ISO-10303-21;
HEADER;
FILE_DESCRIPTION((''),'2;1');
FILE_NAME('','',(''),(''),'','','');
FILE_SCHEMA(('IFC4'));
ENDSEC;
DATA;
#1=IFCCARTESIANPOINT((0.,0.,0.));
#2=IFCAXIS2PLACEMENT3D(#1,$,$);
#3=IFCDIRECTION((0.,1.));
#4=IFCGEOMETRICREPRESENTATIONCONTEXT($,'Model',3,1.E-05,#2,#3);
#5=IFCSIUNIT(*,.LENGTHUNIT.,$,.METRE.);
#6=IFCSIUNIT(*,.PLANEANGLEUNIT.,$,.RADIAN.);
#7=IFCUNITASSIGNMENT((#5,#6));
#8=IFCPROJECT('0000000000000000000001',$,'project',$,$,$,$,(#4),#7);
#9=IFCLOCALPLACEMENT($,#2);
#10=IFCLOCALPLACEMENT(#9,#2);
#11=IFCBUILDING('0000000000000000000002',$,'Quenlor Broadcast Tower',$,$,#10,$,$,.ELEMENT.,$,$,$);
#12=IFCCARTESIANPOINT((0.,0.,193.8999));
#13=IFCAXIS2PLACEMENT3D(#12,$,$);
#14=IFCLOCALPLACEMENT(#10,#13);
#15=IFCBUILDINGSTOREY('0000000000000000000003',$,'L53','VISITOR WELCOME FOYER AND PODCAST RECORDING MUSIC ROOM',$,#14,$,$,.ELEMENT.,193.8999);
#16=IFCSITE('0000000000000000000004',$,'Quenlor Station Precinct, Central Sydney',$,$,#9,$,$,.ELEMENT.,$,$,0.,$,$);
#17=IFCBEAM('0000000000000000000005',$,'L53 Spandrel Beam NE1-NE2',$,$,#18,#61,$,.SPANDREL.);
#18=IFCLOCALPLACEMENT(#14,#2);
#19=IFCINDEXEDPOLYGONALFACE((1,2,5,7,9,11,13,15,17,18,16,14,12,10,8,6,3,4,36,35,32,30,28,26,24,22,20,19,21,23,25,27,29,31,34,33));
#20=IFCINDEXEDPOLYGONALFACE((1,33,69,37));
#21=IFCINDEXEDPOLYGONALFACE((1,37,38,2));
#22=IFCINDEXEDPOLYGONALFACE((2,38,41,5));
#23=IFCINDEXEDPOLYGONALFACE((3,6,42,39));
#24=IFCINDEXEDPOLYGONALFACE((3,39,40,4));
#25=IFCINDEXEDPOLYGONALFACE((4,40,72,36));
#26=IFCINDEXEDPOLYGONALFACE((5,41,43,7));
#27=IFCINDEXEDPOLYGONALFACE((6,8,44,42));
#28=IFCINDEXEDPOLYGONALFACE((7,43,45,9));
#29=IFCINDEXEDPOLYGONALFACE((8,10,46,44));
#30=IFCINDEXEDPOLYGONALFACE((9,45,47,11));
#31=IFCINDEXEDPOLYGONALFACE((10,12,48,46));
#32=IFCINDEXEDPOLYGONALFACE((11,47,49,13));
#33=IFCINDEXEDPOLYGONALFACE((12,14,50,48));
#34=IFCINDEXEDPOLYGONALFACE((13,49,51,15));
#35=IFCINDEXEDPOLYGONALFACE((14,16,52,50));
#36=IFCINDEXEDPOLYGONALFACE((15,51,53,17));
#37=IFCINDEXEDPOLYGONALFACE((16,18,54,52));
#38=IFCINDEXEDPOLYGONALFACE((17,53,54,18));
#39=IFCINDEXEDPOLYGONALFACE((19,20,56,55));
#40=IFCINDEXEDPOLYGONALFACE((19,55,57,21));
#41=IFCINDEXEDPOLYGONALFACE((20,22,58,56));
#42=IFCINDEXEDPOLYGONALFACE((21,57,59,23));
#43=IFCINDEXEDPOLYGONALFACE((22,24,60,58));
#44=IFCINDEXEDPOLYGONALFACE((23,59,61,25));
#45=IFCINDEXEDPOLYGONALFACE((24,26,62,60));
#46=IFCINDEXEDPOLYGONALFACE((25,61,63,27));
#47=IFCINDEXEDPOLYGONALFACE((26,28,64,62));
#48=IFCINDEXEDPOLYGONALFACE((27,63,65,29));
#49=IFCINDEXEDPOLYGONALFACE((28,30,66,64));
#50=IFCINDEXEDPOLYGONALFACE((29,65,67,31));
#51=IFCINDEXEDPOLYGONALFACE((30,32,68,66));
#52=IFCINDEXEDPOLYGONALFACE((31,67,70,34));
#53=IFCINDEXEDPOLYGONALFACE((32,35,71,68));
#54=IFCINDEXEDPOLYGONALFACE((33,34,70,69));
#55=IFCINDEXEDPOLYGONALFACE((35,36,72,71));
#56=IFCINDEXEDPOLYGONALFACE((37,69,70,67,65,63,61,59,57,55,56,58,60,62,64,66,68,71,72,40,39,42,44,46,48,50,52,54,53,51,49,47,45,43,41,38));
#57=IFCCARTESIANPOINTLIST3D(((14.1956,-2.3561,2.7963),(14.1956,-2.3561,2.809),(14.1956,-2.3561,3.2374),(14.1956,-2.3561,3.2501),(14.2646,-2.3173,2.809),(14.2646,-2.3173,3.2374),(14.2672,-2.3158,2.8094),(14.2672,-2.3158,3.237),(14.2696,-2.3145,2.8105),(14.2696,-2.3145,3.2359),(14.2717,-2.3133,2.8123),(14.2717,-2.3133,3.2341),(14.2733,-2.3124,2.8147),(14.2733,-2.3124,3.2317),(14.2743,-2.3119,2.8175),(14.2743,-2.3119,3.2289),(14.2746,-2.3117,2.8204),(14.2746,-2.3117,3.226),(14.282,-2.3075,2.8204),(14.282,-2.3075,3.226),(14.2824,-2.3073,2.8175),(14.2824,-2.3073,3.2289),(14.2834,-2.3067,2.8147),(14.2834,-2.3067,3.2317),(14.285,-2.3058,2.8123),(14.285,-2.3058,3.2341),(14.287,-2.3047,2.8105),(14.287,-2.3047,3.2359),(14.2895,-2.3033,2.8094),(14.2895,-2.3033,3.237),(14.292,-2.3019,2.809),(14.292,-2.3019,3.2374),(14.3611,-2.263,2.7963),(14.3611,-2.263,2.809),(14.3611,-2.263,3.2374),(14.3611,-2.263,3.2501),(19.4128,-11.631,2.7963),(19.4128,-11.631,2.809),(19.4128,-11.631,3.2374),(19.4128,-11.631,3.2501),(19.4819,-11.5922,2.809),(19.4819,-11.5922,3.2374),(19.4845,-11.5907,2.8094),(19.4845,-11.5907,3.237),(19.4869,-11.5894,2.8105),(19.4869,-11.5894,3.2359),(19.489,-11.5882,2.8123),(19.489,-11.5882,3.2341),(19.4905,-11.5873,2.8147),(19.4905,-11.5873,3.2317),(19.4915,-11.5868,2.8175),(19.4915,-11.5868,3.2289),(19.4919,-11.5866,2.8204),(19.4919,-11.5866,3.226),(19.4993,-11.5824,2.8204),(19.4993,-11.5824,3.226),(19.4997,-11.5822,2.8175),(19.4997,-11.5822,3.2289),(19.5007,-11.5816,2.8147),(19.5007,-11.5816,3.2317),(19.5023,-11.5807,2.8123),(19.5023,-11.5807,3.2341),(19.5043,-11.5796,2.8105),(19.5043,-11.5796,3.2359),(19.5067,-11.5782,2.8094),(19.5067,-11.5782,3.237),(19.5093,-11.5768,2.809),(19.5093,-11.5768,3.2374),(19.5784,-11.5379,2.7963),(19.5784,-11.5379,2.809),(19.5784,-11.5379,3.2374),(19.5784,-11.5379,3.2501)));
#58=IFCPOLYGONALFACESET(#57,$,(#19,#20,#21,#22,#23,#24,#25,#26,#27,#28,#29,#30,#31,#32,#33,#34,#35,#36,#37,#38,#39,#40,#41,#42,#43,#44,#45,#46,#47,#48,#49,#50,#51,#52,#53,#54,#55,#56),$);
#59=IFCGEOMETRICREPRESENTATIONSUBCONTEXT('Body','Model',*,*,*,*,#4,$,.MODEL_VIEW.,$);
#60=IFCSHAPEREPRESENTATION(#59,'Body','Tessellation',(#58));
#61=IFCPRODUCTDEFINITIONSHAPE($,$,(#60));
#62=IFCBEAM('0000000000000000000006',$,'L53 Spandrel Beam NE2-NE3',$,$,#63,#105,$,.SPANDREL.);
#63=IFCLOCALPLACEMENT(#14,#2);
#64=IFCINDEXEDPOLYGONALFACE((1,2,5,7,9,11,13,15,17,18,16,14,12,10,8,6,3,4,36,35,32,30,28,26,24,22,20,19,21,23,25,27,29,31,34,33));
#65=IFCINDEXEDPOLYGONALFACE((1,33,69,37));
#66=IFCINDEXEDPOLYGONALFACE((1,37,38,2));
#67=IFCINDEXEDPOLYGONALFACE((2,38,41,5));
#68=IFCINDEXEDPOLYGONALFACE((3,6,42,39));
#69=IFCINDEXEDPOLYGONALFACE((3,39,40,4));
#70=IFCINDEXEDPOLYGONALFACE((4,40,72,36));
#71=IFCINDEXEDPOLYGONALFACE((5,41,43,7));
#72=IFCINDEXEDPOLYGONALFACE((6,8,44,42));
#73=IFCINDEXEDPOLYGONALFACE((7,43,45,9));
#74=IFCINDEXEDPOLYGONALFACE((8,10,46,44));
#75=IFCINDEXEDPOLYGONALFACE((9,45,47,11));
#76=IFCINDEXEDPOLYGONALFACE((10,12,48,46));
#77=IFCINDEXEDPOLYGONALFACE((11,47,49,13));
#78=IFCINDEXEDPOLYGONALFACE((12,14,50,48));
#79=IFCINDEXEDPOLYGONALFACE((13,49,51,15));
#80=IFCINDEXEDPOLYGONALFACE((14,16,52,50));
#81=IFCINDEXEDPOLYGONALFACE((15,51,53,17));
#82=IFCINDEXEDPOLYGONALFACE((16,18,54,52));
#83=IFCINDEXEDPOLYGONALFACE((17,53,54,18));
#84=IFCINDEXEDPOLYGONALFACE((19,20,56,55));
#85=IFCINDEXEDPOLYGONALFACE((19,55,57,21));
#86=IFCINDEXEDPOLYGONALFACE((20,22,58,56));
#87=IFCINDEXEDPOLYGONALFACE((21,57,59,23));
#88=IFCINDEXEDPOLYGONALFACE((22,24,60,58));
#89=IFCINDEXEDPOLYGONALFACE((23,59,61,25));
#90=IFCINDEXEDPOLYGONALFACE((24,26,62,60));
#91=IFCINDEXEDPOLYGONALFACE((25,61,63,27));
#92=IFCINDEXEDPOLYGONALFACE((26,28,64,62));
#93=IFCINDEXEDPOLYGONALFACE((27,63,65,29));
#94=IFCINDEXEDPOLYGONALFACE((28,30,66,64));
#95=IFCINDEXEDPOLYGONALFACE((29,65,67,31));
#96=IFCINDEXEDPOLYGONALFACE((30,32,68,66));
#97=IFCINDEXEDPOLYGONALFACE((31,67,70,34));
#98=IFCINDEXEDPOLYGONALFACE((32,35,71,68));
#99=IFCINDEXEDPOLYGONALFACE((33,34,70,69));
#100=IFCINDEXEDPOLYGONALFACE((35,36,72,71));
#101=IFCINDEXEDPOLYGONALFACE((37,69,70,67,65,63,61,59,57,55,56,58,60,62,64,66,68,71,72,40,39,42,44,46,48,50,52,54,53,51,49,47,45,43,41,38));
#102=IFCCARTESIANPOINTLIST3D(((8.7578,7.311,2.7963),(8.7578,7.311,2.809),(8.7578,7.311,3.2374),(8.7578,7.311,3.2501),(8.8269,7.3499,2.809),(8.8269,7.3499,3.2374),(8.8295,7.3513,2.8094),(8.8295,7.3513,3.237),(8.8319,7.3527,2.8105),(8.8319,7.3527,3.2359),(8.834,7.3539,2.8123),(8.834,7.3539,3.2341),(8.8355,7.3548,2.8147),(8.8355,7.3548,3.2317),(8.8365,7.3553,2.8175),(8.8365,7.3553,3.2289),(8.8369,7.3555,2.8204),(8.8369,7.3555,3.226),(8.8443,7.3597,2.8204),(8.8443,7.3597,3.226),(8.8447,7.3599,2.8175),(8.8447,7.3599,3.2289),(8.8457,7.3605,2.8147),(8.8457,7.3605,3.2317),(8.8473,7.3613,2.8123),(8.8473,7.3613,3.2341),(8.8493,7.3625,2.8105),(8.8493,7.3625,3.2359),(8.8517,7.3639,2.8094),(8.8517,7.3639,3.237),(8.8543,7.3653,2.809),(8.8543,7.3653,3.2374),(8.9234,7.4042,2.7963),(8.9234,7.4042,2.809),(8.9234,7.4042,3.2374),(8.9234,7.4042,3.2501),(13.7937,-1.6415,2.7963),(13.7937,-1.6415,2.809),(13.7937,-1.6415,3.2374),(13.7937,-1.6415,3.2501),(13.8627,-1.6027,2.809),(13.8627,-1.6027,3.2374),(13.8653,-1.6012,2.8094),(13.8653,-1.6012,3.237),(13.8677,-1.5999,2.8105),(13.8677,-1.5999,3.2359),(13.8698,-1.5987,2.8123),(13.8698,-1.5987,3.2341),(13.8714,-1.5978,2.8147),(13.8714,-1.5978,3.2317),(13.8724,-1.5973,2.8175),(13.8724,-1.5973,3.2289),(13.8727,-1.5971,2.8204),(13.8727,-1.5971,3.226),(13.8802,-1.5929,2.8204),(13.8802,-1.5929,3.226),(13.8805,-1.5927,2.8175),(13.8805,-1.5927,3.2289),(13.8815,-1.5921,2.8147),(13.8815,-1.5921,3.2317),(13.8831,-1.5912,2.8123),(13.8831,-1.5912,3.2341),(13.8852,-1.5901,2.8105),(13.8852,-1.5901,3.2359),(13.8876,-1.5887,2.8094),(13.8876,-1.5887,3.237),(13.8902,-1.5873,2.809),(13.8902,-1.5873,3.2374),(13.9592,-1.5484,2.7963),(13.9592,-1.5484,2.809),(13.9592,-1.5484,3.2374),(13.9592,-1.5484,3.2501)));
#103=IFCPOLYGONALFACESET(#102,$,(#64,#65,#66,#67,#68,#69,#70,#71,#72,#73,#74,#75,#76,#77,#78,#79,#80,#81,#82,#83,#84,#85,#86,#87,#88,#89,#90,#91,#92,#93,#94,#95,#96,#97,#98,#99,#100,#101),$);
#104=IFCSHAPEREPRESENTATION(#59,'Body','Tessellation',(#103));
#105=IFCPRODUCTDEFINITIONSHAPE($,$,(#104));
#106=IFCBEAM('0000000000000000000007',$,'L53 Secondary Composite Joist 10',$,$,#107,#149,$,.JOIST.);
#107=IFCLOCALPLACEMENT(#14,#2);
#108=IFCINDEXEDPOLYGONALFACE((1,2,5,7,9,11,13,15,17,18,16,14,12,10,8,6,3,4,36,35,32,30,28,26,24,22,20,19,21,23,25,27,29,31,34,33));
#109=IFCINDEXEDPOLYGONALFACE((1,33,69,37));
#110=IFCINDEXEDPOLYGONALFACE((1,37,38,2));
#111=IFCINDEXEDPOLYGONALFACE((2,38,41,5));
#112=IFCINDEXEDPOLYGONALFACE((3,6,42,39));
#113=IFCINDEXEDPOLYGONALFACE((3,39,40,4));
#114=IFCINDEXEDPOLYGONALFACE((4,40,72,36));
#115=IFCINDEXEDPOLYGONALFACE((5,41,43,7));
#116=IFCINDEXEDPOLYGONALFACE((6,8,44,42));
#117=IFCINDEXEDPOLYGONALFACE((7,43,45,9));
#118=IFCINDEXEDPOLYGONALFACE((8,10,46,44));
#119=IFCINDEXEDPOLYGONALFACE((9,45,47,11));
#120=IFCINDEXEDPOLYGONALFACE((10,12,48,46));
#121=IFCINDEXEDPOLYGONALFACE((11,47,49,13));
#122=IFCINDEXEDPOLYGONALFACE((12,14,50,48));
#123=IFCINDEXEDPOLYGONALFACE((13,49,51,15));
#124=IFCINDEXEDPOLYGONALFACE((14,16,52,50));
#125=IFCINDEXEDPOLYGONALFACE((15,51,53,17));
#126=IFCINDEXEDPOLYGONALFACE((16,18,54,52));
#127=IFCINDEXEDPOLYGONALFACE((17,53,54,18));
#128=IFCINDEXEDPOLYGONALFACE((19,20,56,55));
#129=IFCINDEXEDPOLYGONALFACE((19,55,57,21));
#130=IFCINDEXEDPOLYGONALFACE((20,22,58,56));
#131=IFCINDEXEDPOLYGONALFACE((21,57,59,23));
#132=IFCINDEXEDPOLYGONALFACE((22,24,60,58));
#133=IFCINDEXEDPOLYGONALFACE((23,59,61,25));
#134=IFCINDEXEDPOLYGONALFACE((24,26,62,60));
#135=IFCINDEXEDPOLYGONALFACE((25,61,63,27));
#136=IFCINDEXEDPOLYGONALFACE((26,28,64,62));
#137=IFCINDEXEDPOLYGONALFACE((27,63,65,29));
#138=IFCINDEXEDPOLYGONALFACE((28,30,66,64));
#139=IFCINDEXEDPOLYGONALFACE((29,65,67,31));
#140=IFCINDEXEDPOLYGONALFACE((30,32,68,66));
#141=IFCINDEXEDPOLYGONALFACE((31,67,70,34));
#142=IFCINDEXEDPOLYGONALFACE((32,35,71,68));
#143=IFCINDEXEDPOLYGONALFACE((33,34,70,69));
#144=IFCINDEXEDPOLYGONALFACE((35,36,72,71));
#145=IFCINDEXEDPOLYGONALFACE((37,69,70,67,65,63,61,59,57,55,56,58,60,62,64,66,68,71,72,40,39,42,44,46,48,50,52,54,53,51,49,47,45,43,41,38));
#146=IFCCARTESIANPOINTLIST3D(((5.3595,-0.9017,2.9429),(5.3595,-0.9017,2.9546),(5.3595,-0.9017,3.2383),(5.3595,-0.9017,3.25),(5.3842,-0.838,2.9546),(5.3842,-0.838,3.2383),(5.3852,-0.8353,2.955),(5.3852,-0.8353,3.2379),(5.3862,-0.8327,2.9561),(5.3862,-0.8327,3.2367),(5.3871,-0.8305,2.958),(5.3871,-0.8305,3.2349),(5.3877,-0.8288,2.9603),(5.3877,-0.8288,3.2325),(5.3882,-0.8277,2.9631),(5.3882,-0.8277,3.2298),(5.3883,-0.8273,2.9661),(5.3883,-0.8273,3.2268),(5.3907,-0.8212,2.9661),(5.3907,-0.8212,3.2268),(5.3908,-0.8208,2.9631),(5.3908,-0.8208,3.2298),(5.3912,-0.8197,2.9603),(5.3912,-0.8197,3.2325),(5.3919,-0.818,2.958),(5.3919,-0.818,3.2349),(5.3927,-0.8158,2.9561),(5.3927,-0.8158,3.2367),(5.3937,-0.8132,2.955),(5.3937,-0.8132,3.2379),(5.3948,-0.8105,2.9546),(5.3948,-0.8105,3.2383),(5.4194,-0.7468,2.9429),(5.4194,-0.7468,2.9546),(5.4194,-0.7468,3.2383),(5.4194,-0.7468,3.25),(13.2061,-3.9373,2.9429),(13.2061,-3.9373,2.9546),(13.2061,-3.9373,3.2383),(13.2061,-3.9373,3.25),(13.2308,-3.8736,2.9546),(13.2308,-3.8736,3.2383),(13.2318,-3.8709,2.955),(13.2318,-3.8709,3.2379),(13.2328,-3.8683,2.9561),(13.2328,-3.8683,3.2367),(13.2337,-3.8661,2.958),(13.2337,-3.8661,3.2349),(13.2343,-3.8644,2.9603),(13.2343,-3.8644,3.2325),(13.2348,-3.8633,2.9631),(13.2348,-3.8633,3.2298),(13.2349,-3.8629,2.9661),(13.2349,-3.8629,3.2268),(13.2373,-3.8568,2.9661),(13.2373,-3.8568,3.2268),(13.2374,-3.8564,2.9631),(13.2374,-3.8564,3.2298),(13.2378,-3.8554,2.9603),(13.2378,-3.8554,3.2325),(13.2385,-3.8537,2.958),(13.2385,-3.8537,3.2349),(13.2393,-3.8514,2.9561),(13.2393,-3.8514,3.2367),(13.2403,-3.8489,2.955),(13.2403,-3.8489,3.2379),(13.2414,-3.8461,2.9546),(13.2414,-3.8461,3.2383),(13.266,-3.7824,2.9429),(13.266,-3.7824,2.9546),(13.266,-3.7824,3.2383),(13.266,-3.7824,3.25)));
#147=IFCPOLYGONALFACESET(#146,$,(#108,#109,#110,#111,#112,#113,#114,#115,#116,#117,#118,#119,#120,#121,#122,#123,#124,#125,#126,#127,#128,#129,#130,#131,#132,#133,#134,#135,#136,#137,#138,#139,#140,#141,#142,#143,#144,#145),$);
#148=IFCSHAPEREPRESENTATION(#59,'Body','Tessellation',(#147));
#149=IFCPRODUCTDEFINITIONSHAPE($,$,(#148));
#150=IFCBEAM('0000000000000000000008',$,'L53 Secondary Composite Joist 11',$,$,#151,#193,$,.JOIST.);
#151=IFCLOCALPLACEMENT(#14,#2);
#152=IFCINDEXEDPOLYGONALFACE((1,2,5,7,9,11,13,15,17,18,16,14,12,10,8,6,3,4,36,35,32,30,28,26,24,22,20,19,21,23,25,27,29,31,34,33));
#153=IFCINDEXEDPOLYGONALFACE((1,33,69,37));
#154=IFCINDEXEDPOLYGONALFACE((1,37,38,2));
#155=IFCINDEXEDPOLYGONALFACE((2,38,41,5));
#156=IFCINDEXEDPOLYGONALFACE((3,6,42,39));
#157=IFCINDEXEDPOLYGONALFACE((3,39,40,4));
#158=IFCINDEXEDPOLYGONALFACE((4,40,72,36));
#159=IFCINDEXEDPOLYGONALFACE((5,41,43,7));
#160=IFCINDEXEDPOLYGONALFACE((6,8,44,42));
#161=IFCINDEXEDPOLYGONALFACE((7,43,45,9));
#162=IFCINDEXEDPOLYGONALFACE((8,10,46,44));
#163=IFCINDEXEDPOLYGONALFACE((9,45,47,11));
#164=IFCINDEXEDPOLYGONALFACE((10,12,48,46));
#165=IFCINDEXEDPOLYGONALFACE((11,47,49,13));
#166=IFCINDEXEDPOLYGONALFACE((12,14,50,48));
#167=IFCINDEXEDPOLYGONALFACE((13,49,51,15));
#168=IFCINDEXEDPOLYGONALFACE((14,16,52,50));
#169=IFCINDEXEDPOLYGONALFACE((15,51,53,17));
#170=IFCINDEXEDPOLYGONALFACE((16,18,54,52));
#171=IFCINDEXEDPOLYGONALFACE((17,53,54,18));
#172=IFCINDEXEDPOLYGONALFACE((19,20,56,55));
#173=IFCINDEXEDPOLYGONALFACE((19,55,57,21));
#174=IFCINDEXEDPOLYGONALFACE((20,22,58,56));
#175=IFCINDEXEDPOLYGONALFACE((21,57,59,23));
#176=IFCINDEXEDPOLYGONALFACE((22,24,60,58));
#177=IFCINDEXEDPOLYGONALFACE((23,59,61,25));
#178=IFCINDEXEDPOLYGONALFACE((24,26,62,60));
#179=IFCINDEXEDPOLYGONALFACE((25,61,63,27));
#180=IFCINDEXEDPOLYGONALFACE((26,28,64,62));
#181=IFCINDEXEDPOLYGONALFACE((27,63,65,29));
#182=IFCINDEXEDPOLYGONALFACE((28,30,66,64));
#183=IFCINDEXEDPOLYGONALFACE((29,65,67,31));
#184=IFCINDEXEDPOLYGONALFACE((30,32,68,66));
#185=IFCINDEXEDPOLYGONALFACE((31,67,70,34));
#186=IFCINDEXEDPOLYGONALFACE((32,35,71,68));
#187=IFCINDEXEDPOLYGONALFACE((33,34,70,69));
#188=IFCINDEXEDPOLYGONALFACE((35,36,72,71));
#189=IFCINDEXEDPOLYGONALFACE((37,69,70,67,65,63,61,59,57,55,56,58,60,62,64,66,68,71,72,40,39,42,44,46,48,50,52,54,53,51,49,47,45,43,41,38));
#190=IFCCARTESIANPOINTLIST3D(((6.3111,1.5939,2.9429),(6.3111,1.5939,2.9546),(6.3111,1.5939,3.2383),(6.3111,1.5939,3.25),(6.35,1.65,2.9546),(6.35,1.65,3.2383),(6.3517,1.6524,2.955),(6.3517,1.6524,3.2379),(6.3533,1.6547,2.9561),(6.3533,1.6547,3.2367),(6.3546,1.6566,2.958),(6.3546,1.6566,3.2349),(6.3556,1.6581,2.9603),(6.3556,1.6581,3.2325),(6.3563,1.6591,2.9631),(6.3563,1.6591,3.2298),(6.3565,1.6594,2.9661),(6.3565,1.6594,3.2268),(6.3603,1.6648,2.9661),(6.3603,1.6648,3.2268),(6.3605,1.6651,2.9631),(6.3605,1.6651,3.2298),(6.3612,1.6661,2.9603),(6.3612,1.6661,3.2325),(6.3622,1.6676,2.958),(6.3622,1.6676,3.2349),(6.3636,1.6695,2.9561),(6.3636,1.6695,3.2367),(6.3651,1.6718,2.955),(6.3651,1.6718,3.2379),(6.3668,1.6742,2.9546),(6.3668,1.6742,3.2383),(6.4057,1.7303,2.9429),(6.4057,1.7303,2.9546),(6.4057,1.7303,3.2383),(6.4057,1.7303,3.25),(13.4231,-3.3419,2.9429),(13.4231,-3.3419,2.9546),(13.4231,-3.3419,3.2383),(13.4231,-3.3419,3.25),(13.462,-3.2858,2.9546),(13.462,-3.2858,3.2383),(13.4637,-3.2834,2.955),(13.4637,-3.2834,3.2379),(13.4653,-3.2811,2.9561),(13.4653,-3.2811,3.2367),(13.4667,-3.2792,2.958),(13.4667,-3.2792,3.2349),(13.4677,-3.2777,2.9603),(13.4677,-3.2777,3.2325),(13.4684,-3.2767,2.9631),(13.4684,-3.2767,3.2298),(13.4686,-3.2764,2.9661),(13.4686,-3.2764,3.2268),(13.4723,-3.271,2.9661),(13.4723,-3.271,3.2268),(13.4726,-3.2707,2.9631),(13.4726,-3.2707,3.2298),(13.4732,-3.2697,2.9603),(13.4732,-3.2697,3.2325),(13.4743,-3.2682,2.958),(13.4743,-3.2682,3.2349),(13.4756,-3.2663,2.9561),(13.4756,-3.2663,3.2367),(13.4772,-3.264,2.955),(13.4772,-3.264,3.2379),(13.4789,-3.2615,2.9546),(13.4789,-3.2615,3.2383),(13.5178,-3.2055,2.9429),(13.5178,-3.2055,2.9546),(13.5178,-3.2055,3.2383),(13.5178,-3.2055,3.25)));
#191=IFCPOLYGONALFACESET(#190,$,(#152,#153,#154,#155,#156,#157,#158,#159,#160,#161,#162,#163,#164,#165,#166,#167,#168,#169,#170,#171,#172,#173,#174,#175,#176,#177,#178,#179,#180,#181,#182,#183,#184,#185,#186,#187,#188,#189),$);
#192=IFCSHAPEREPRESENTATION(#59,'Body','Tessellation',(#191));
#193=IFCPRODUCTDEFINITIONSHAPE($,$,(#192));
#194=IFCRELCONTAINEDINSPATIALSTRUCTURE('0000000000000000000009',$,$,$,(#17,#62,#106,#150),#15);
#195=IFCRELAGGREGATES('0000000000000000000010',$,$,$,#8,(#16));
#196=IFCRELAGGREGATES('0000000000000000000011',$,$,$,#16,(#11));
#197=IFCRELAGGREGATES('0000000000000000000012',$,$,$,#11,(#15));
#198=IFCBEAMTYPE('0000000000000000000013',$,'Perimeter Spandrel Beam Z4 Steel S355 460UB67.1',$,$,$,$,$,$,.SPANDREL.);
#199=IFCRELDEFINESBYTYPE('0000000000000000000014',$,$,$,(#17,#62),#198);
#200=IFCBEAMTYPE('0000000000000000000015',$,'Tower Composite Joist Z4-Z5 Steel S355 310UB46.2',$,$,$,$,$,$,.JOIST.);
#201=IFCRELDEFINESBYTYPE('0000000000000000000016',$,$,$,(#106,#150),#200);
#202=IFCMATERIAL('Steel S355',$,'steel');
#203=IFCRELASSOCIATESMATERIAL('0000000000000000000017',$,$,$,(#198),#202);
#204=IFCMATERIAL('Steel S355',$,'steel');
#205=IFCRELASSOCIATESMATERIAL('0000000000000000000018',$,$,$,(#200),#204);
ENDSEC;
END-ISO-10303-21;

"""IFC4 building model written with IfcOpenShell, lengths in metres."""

from ifc_helpers import new_model, si_unit, direction, frame, origin, origin_2d, place, context, subcontext, project, spatial, i_section, extrude, material, material_profile, profile_set, type_object, element, save


model = new_model("IFC4")

# Units and contexts
model_context = context("Model", 3, precision=1e-05, world=origin(), true_north=direction((0.0, 1.0)))
body_context = subcontext(model_context, "Body", "Model", "MODEL_VIEW")
ifc_project = project(units=[si_unit("LENGTHUNIT", "METRE"), si_unit("PLANEANGLEUNIT", "RADIAN")], contexts=[model_context])

# Site, building, storey
site_placement = place(None, origin())
site = spatial("IfcSite", under=ifc_project, at=site_placement, Name="Quenlor Station Precinct, Central Sydney", CompositionType="ELEMENT", RefElevation=0.0)
building_placement = place(site_placement, origin())
building = spatial("IfcBuilding", under=site, at=building_placement, Name="Quenlor Broadcast Tower", CompositionType="ELEMENT")
storey_placement = place(building_placement, frame((0.0, 0.0, 193.8999)))
storey = spatial("IfcBuildingStorey", under=building, at=storey_placement, Name="L53", Description="VISITOR WELCOME FOYER AND PODCAST RECORDING MUSIC ROOM", CompositionType="ELEMENT", Elevation=193.8999)

# Beams
ifc_material_1 = material(Name="Steel S355", Category="steel")
ifc_material_profile_1 = material_profile(ifc_material_1, i_section(OverallWidth=0.1899, OverallDepth=0.4539, WebThickness=0.0085, FlangeThickness=0.0127, FilletRadius=0.0115, at=origin_2d()))
ifc_profile_set_1 = profile_set([ifc_material_profile_1], Name="Steel S355 460UB67.1")
beam_type_1 = type_object("IfcBeamType", Name="Perimeter Spandrel Beam Z4 Steel S355 460UB67.1", PredefinedType="SPANDREL", material=ifc_profile_set_1)
beam_1_placement = place(storey_placement, frame((19.4956, -11.5845, 3.0232), z_axis=(-0.490272, 0.871569, 0.0), x_axis=(-0.871569, -0.490272, 0.0)))
element("IfcBeam", 1, at=beam_1_placement, inside=storey, type_object=beam_type_1, Name="L53 Spandrel Beam NE1-NE2", PredefinedType="SPANDREL", context=body_context, shape_type="SweptSolid", body=[
    extrude(i_section(OverallWidth=0.1899, OverallDepth=0.4539, WebThickness=0.0085, FlangeThickness=0.0127, FilletRadius=0.0115, at=origin_2d()), origin(), (0.0, 0.0, 1.0), 10.6416),
])
beam_2_placement = place(storey_placement, frame((13.8765, -1.595, 3.0232), z_axis=(-0.490263, 0.871574, 0.0), x_axis=(-0.871574, -0.490263, 0.0)))
element("IfcBeam", 2, at=beam_2_placement, inside=storey, type_object=beam_type_1, Name="L53 Spandrel Beam NE2-NE3", PredefinedType="SPANDREL", context=body_context, shape_type="SweptSolid", body=[
    extrude(i_section(OverallWidth=0.1899, OverallDepth=0.4539, WebThickness=0.0085, FlangeThickness=0.0127, FilletRadius=0.0115, at=origin_2d()), origin(), (0.0, 0.0, 1.0), 10.2717),
])
ifc_material_2 = material(Name="Steel S355", Category="steel")
ifc_material_profile_2 = material_profile(ifc_material_2, i_section(OverallWidth=0.166, OverallDepth=0.3071, WebThickness=0.0066, FlangeThickness=0.0117, FilletRadius=0.0115, at=origin_2d()))
ifc_profile_set_2 = profile_set([ifc_material_profile_2], Name="Steel S355 310UB46.2")
beam_type_2 = type_object("IfcBeamType", Name="Tower Composite Joist Z4-Z5 Steel S355 310UB46.2", PredefinedType="JOIST", material=ifc_profile_set_2)
beam_3_placement = place(storey_placement, frame((13.2361, -3.8599, 3.0964), z_axis=(-0.932639, 0.36081, 0.0), x_axis=(-0.36081, -0.932639, 0.0)))
element("IfcBeam", 3, at=beam_3_placement, inside=storey, type_object=beam_type_2, Name="L53 Secondary Composite Joist 10", PredefinedType="JOIST", context=body_context, shape_type="SweptSolid", body=[
    extrude(i_section(OverallWidth=0.166, OverallDepth=0.3071, WebThickness=0.0066, FlangeThickness=0.0117, FilletRadius=0.0115, at=origin_2d()), origin(), (0.0, 0.0, 1.0), 8.4133),
])
beam_4_placement = place(storey_placement, frame((13.4705, -3.2737, 3.0964), z_axis=(-0.82154, 0.570151, 0.0), x_axis=(-0.570151, -0.82154, 0.0)))
element("IfcBeam", 4, at=beam_4_placement, inside=storey, type_object=beam_type_2, Name="L53 Secondary Composite Joist 11", PredefinedType="JOIST", context=body_context, shape_type="SweptSolid", body=[
    extrude(i_section(OverallWidth=0.166, OverallDepth=0.3071, WebThickness=0.0066, FlangeThickness=0.0117, FilletRadius=0.0115, at=origin_2d()), origin(), (0.0, 0.0, 1.0), 8.657),
])

save(model, "model.ifc")
